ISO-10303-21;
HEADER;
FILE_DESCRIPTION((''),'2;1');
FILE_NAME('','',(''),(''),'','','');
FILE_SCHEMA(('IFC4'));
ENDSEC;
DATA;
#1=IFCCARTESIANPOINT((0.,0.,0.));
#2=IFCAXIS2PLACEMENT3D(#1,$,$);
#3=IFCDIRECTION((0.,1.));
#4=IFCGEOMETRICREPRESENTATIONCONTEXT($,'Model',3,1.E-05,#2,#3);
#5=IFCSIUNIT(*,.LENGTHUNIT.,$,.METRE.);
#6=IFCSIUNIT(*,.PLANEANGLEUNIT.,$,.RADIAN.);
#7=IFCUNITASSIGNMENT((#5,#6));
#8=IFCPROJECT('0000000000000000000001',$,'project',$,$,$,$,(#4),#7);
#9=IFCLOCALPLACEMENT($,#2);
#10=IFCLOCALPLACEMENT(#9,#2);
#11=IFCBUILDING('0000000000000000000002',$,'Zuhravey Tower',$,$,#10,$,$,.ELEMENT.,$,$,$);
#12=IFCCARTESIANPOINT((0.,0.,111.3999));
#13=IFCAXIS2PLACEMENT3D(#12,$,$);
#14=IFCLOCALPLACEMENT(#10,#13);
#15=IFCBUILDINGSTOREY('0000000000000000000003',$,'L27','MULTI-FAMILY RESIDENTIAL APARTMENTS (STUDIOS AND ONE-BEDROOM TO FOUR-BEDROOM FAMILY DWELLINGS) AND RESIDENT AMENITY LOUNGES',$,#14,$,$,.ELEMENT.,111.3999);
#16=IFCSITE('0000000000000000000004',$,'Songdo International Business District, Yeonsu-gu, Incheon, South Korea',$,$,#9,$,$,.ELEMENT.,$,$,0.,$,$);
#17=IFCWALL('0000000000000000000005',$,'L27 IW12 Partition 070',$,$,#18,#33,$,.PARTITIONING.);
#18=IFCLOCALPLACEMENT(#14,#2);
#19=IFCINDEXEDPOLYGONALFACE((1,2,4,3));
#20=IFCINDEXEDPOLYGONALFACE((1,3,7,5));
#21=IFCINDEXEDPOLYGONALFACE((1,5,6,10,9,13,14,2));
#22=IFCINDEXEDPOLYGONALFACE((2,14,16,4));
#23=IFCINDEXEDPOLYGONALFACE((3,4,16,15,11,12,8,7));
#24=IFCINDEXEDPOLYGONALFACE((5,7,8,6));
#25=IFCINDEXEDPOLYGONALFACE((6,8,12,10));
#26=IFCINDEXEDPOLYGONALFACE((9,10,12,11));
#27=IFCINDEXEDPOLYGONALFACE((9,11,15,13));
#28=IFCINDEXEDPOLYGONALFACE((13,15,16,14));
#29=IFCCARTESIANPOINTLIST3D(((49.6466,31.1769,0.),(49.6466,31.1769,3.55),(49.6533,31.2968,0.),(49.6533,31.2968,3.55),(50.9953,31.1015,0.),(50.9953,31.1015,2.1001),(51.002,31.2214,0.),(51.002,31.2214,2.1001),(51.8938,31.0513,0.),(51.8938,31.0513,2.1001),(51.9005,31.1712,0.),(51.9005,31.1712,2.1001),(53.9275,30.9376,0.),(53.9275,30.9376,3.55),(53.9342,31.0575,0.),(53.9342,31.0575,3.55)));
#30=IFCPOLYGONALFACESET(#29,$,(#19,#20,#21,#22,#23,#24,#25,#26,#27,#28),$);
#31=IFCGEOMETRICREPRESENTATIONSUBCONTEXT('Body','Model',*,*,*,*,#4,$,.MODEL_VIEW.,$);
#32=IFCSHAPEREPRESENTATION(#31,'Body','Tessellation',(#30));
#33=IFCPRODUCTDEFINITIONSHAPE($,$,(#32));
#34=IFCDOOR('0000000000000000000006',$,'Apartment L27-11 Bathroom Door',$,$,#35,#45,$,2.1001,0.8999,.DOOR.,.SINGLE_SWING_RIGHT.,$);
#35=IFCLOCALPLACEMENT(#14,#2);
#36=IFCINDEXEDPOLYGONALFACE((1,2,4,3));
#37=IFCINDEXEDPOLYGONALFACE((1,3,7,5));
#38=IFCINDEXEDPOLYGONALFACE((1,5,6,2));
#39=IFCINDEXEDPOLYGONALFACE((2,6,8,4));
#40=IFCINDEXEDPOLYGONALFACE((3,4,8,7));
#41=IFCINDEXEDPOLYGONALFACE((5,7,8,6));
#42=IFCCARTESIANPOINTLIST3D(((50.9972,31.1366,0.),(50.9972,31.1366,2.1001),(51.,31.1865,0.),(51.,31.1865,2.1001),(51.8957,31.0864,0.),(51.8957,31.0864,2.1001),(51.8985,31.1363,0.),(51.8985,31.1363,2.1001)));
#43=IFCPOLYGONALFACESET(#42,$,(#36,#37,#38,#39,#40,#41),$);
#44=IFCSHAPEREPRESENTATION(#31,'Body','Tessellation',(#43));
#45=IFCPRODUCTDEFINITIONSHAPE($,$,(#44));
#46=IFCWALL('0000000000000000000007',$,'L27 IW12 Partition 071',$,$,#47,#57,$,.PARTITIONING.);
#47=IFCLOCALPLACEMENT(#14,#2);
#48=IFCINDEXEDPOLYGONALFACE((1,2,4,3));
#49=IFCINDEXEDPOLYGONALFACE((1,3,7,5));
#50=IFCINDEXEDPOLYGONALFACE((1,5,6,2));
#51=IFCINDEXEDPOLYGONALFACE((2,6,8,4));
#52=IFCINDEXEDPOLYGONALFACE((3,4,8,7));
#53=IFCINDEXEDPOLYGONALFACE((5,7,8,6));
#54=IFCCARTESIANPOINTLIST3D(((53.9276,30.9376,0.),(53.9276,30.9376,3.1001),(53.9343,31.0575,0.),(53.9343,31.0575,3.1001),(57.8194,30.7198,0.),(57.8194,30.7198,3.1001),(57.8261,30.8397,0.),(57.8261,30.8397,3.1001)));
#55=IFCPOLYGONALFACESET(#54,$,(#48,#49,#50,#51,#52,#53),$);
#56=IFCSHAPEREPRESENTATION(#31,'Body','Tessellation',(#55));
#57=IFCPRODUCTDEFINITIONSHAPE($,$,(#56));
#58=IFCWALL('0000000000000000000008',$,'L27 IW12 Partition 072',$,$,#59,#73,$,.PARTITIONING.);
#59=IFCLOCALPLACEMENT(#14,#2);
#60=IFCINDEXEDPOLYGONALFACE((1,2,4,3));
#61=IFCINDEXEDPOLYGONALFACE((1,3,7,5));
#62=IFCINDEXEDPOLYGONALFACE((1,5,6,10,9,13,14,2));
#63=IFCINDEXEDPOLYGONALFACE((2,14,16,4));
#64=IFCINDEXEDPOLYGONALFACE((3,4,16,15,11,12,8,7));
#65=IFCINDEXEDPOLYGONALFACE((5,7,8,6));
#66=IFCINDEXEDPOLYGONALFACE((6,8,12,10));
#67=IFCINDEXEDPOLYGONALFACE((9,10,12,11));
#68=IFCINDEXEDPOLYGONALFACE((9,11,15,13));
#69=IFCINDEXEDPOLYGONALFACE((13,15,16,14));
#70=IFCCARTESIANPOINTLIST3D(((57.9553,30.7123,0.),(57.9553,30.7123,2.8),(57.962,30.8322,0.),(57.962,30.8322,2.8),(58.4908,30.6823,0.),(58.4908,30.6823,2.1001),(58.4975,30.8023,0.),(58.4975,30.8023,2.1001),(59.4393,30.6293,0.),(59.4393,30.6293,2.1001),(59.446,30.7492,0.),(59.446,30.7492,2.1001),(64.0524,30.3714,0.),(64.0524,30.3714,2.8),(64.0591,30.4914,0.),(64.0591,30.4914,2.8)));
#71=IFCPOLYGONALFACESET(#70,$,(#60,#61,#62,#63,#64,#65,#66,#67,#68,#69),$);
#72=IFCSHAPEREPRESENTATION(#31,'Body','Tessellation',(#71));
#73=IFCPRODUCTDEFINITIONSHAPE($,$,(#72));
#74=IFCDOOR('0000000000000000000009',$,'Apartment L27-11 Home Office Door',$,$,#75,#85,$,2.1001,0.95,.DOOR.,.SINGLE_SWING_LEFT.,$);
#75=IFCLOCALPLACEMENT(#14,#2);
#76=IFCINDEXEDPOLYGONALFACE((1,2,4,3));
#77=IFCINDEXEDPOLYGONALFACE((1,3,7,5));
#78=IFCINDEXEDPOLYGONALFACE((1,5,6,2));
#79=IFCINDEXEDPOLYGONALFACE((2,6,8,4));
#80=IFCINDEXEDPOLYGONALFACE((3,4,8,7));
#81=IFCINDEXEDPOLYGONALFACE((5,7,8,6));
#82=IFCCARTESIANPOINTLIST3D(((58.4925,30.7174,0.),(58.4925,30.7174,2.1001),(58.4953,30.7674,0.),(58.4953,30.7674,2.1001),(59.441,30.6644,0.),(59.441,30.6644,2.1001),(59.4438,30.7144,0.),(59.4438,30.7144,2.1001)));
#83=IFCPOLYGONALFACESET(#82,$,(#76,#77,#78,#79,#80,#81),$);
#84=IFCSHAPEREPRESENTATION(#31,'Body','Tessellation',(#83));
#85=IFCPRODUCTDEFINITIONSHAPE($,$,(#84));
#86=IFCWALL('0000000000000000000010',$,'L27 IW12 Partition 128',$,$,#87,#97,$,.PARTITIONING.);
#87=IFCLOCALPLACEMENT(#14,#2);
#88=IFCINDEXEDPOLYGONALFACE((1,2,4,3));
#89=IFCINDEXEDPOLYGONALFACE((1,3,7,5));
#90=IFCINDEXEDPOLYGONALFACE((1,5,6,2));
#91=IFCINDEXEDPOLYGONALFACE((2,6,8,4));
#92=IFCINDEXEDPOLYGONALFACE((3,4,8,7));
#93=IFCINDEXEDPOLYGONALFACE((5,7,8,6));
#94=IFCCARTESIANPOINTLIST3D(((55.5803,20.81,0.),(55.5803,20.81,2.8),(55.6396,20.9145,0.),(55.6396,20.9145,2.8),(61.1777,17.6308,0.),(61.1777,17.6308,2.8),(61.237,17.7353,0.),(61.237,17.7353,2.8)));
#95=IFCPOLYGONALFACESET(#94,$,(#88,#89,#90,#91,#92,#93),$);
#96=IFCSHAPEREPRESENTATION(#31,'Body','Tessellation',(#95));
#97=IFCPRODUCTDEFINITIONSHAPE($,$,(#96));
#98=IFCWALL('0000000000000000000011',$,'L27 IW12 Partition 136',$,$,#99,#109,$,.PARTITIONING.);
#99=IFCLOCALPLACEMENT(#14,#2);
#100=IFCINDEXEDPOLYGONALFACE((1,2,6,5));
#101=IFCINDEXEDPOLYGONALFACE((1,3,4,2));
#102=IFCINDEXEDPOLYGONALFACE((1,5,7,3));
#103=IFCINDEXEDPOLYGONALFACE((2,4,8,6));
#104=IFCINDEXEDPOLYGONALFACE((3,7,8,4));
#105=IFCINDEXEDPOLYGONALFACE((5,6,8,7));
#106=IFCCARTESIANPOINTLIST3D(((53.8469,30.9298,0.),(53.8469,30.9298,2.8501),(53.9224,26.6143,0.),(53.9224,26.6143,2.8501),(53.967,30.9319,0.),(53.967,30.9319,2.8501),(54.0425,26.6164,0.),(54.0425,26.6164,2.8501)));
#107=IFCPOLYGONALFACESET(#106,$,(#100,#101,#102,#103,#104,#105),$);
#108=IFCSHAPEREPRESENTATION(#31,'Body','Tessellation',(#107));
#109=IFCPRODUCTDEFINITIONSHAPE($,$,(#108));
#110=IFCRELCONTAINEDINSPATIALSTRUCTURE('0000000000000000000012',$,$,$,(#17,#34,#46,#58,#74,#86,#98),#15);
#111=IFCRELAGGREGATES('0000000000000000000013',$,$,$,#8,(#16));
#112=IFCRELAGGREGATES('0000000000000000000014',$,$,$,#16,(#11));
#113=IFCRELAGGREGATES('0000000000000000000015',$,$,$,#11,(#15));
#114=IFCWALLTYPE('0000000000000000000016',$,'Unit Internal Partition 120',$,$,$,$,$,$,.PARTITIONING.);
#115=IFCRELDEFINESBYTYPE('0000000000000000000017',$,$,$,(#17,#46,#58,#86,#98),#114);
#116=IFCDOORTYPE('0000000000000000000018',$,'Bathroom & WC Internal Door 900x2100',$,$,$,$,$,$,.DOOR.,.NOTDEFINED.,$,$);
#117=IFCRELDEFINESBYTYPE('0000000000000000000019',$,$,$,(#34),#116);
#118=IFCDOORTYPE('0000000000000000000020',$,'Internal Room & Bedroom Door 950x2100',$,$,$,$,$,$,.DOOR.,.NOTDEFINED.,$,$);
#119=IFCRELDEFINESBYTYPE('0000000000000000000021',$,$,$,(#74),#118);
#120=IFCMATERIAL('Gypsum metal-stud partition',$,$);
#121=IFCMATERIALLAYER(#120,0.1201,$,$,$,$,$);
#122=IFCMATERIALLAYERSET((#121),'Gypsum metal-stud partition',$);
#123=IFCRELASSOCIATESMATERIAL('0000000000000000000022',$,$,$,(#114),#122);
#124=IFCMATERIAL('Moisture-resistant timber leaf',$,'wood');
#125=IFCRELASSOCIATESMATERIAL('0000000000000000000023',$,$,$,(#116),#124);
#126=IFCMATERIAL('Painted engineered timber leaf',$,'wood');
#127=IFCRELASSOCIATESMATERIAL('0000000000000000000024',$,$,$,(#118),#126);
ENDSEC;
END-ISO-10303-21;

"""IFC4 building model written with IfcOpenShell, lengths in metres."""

from ifc_helpers import new_model, si_unit, direction, frame, frame_2d, origin, place, context, subcontext, project, spatial, rectangle, extrude, material, layer, layer_set, type_object, element, fill, save


model = new_model("IFC4")

# Units and contexts
model_context = context("Model", 3, precision=1e-05, world=origin(), true_north=direction((0.0, 1.0)))
body_context = subcontext(model_context, "Body", "Model", "MODEL_VIEW")
ifc_project = project(units=[si_unit("LENGTHUNIT", "METRE"), si_unit("PLANEANGLEUNIT", "RADIAN")], contexts=[model_context])

# Site, building, storey
site_placement = place(None, origin())
site = spatial("IfcSite", under=ifc_project, at=site_placement, Name="Songdo International Business District, Yeonsu-gu, Incheon, South Korea", CompositionType="ELEMENT", RefElevation=0.0)
building_placement = place(site_placement, origin())
building = spatial("IfcBuilding", under=site, at=building_placement, Name="Zuhravey Tower", CompositionType="ELEMENT")
storey_placement = place(building_placement, frame((0.0, 0.0, 111.3999)))
storey = spatial("IfcBuildingStorey", under=building, at=storey_placement, Name="L27", Description="MULTI-FAMILY RESIDENTIAL APARTMENTS (STUDIOS AND ONE-BEDROOM TO FOUR-BEDROOM FAMILY DWELLINGS) AND RESIDENT AMENITY LOUNGES", CompositionType="ELEMENT", Elevation=111.3999)

# Shared definitions
ifc_material_1 = material(Name="Gypsum metal-stud partition")
ifc_layer_1 = layer(ifc_material_1, 0.1201)
ifc_layer_set_1 = layer_set([ifc_layer_1], Name="Gypsum metal-stud partition")
wall_type_1 = type_object("IfcWallType", Name="Unit Internal Partition 120", PredefinedType="PARTITIONING", material=ifc_layer_set_1)
ifc_material_2 = material(Name="Moisture-resistant timber leaf", Category="wood")
door_type_1 = type_object("IfcDoorType", Name="Bathroom & WC Internal Door 900x2100", OperationType="NOTDEFINED", PredefinedType="DOOR", material=ifc_material_2)
ifc_material_3 = material(Name="Painted engineered timber leaf", Category="wood")
door_type_2 = type_object("IfcDoorType", Name="Internal Room & Bedroom Door 950x2100", OperationType="NOTDEFINED", PredefinedType="DOOR", material=ifc_material_3)

# Wall, opening, door
wall_1_placement = place(storey_placement, frame((49.6499, 31.2368, 0.0), z_axis=(0.0, 0.0, 1.0), x_axis=(0.998442, -0.055801, 0.0)))
wall_1 = element("IfcWall", 1, at=wall_1_placement, inside=storey, type_object=wall_type_1, Name="L27 IW12 Partition 070", PredefinedType="PARTITIONING", context=body_context, shape_type="SweptSolid", body=[
    extrude(rectangle(XDim=4.2876, YDim=0.1201, at=frame_2d((2.1438, 0.0))), origin(), (0.0, 0.0, 1.0), 3.55),
])
opening_1_placement = place(wall_1_placement, frame((1.3508, 0.0, 0.0)))
opening_1 = element("IfcOpeningElement", 2, at=opening_1_placement, cuts=wall_1, PredefinedType="OPENING", context=body_context, shape_type="SweptSolid", body=[
    extrude(rectangle(XDim=0.8999, YDim=2.1001, at=frame_2d((0.45, 1.05))), frame((0.0, 0.072, 0.0), z_axis=(0.0, -1.0, 0.0), x_axis=(1.0, 0.0, 0.0)), (0.0, 0.0, 1.0), 0.144),
])
door_1_placement = place(opening_1_placement, frame((0.8999, 0.0, 0.0), z_axis=(0.0, 0.0, 1.0), x_axis=(-1.0, 0.0, 0.0)))
door_1 = element("IfcDoor", 3, at=door_1_placement, inside=storey, type_object=door_type_1, Name="Apartment L27-11 Bathroom Door", OperationType="SINGLE_SWING_RIGHT", OverallHeight=2.1001, OverallWidth=0.8999, PredefinedType="DOOR", context=body_context, shape_type="SweptSolid", body=[
    extrude(rectangle(XDim=0.8999, YDim=2.1001, at=frame_2d((0.45, 1.05))), frame((0.0, 0.0249, 0.0), z_axis=(0.0, -1.0, 0.0), x_axis=(1.0, 0.0, 0.0)), (0.0, 0.0, 1.0), 0.05),
])
fill(opening_1, door_1)

# Wall
wall_2_placement = place(storey_placement, frame((53.9309, 30.9976, 0.0), z_axis=(0.0, 0.0, 1.0), x_axis=(0.998438, -0.055869, 0.0)))
element("IfcWall", 4, at=wall_2_placement, inside=storey, type_object=wall_type_1, Name="L27 IW12 Partition 071", PredefinedType="PARTITIONING", context=body_context, shape_type="SweptSolid", body=[
    extrude(rectangle(XDim=3.8979, YDim=0.1201, at=frame_2d((1.949, 0.0))), origin(), (0.0, 0.0, 1.0), 3.1001),
])

# Wall, opening, door
wall_3_placement = place(storey_placement, frame((57.9587, 30.7722, 0.0), z_axis=(0.0, 0.0, 1.0), x_axis=(0.998441, -0.055811, 0.0)))
wall_3 = element("IfcWall", 5, at=wall_3_placement, inside=storey, type_object=wall_type_1, Name="L27 IW12 Partition 072", PredefinedType="PARTITIONING", context=body_context, shape_type="SweptSolid", body=[
    extrude(rectangle(XDim=6.1067, YDim=0.1201, at=frame_2d((3.0532, 0.0))), origin(), (0.0, 0.0, 1.0), 2.8),
])
opening_2_placement = place(wall_3_placement, frame((0.5361, 0.0, 0.0)))
opening_2 = element("IfcOpeningElement", 6, at=opening_2_placement, cuts=wall_3, PredefinedType="OPENING", context=body_context, shape_type="SweptSolid", body=[
    extrude(rectangle(XDim=0.95, YDim=2.1001, at=frame_2d((0.4751, 1.05))), frame((0.0, 0.072, 0.0), z_axis=(0.0, -1.0, 0.0), x_axis=(1.0, 0.0, 0.0)), (0.0, 0.0, 1.0), 0.144),
])
door_2_placement = place(opening_2_placement, frame((0.95, 0.0, 0.0), z_axis=(0.0, 0.0, 1.0), x_axis=(-1.0, 0.0, 0.0)))
door_2 = element("IfcDoor", 7, at=door_2_placement, inside=storey, type_object=door_type_2, Name="Apartment L27-11 Home Office Door", OperationType="SINGLE_SWING_LEFT", OverallHeight=2.1001, OverallWidth=0.95, PredefinedType="DOOR", context=body_context, shape_type="SweptSolid", body=[
    extrude(rectangle(XDim=0.95, YDim=2.1001, at=frame_2d((0.4751, 1.05))), frame((0.0, 0.0249, 0.0), z_axis=(0.0, -1.0, 0.0), x_axis=(1.0, 0.0, 0.0)), (0.0, 0.0, 1.0), 0.05),
])
fill(opening_2, door_2)

# Walls
wall_4_placement = place(storey_placement, frame((55.6099, 20.8623, 0.0), z_axis=(0.0, 0.0, 1.0), x_axis=(0.869533, -0.493875, 0.0)))
element("IfcWall", 8, at=wall_4_placement, inside=storey, type_object=wall_type_1, Name="L27 IW12 Partition 128", PredefinedType="PARTITIONING", context=body_context, shape_type="SweptSolid", body=[
    extrude(rectangle(XDim=6.4373, YDim=0.1201, at=frame_2d((3.2188, 0.0))), origin(), (0.0, 0.0, 1.0), 2.8),
])
wall_5_placement = place(storey_placement, frame((53.9824, 26.6152, 0.0), z_axis=(0.0, 0.0, 1.0), x_axis=(-0.017479, 0.999847, 0.0)))
element("IfcWall", 9, at=wall_5_placement, inside=storey, type_object=wall_type_1, Name="L27 IW12 Partition 136", PredefinedType="PARTITIONING", context=body_context, shape_type="SweptSolid", body=[
    extrude(rectangle(XDim=4.3162, YDim=0.1201, at=frame_2d((2.1582, 0.0))), origin(), (0.0, 0.0, 1.0), 2.8501),
])

save(model, "model.ifc")
